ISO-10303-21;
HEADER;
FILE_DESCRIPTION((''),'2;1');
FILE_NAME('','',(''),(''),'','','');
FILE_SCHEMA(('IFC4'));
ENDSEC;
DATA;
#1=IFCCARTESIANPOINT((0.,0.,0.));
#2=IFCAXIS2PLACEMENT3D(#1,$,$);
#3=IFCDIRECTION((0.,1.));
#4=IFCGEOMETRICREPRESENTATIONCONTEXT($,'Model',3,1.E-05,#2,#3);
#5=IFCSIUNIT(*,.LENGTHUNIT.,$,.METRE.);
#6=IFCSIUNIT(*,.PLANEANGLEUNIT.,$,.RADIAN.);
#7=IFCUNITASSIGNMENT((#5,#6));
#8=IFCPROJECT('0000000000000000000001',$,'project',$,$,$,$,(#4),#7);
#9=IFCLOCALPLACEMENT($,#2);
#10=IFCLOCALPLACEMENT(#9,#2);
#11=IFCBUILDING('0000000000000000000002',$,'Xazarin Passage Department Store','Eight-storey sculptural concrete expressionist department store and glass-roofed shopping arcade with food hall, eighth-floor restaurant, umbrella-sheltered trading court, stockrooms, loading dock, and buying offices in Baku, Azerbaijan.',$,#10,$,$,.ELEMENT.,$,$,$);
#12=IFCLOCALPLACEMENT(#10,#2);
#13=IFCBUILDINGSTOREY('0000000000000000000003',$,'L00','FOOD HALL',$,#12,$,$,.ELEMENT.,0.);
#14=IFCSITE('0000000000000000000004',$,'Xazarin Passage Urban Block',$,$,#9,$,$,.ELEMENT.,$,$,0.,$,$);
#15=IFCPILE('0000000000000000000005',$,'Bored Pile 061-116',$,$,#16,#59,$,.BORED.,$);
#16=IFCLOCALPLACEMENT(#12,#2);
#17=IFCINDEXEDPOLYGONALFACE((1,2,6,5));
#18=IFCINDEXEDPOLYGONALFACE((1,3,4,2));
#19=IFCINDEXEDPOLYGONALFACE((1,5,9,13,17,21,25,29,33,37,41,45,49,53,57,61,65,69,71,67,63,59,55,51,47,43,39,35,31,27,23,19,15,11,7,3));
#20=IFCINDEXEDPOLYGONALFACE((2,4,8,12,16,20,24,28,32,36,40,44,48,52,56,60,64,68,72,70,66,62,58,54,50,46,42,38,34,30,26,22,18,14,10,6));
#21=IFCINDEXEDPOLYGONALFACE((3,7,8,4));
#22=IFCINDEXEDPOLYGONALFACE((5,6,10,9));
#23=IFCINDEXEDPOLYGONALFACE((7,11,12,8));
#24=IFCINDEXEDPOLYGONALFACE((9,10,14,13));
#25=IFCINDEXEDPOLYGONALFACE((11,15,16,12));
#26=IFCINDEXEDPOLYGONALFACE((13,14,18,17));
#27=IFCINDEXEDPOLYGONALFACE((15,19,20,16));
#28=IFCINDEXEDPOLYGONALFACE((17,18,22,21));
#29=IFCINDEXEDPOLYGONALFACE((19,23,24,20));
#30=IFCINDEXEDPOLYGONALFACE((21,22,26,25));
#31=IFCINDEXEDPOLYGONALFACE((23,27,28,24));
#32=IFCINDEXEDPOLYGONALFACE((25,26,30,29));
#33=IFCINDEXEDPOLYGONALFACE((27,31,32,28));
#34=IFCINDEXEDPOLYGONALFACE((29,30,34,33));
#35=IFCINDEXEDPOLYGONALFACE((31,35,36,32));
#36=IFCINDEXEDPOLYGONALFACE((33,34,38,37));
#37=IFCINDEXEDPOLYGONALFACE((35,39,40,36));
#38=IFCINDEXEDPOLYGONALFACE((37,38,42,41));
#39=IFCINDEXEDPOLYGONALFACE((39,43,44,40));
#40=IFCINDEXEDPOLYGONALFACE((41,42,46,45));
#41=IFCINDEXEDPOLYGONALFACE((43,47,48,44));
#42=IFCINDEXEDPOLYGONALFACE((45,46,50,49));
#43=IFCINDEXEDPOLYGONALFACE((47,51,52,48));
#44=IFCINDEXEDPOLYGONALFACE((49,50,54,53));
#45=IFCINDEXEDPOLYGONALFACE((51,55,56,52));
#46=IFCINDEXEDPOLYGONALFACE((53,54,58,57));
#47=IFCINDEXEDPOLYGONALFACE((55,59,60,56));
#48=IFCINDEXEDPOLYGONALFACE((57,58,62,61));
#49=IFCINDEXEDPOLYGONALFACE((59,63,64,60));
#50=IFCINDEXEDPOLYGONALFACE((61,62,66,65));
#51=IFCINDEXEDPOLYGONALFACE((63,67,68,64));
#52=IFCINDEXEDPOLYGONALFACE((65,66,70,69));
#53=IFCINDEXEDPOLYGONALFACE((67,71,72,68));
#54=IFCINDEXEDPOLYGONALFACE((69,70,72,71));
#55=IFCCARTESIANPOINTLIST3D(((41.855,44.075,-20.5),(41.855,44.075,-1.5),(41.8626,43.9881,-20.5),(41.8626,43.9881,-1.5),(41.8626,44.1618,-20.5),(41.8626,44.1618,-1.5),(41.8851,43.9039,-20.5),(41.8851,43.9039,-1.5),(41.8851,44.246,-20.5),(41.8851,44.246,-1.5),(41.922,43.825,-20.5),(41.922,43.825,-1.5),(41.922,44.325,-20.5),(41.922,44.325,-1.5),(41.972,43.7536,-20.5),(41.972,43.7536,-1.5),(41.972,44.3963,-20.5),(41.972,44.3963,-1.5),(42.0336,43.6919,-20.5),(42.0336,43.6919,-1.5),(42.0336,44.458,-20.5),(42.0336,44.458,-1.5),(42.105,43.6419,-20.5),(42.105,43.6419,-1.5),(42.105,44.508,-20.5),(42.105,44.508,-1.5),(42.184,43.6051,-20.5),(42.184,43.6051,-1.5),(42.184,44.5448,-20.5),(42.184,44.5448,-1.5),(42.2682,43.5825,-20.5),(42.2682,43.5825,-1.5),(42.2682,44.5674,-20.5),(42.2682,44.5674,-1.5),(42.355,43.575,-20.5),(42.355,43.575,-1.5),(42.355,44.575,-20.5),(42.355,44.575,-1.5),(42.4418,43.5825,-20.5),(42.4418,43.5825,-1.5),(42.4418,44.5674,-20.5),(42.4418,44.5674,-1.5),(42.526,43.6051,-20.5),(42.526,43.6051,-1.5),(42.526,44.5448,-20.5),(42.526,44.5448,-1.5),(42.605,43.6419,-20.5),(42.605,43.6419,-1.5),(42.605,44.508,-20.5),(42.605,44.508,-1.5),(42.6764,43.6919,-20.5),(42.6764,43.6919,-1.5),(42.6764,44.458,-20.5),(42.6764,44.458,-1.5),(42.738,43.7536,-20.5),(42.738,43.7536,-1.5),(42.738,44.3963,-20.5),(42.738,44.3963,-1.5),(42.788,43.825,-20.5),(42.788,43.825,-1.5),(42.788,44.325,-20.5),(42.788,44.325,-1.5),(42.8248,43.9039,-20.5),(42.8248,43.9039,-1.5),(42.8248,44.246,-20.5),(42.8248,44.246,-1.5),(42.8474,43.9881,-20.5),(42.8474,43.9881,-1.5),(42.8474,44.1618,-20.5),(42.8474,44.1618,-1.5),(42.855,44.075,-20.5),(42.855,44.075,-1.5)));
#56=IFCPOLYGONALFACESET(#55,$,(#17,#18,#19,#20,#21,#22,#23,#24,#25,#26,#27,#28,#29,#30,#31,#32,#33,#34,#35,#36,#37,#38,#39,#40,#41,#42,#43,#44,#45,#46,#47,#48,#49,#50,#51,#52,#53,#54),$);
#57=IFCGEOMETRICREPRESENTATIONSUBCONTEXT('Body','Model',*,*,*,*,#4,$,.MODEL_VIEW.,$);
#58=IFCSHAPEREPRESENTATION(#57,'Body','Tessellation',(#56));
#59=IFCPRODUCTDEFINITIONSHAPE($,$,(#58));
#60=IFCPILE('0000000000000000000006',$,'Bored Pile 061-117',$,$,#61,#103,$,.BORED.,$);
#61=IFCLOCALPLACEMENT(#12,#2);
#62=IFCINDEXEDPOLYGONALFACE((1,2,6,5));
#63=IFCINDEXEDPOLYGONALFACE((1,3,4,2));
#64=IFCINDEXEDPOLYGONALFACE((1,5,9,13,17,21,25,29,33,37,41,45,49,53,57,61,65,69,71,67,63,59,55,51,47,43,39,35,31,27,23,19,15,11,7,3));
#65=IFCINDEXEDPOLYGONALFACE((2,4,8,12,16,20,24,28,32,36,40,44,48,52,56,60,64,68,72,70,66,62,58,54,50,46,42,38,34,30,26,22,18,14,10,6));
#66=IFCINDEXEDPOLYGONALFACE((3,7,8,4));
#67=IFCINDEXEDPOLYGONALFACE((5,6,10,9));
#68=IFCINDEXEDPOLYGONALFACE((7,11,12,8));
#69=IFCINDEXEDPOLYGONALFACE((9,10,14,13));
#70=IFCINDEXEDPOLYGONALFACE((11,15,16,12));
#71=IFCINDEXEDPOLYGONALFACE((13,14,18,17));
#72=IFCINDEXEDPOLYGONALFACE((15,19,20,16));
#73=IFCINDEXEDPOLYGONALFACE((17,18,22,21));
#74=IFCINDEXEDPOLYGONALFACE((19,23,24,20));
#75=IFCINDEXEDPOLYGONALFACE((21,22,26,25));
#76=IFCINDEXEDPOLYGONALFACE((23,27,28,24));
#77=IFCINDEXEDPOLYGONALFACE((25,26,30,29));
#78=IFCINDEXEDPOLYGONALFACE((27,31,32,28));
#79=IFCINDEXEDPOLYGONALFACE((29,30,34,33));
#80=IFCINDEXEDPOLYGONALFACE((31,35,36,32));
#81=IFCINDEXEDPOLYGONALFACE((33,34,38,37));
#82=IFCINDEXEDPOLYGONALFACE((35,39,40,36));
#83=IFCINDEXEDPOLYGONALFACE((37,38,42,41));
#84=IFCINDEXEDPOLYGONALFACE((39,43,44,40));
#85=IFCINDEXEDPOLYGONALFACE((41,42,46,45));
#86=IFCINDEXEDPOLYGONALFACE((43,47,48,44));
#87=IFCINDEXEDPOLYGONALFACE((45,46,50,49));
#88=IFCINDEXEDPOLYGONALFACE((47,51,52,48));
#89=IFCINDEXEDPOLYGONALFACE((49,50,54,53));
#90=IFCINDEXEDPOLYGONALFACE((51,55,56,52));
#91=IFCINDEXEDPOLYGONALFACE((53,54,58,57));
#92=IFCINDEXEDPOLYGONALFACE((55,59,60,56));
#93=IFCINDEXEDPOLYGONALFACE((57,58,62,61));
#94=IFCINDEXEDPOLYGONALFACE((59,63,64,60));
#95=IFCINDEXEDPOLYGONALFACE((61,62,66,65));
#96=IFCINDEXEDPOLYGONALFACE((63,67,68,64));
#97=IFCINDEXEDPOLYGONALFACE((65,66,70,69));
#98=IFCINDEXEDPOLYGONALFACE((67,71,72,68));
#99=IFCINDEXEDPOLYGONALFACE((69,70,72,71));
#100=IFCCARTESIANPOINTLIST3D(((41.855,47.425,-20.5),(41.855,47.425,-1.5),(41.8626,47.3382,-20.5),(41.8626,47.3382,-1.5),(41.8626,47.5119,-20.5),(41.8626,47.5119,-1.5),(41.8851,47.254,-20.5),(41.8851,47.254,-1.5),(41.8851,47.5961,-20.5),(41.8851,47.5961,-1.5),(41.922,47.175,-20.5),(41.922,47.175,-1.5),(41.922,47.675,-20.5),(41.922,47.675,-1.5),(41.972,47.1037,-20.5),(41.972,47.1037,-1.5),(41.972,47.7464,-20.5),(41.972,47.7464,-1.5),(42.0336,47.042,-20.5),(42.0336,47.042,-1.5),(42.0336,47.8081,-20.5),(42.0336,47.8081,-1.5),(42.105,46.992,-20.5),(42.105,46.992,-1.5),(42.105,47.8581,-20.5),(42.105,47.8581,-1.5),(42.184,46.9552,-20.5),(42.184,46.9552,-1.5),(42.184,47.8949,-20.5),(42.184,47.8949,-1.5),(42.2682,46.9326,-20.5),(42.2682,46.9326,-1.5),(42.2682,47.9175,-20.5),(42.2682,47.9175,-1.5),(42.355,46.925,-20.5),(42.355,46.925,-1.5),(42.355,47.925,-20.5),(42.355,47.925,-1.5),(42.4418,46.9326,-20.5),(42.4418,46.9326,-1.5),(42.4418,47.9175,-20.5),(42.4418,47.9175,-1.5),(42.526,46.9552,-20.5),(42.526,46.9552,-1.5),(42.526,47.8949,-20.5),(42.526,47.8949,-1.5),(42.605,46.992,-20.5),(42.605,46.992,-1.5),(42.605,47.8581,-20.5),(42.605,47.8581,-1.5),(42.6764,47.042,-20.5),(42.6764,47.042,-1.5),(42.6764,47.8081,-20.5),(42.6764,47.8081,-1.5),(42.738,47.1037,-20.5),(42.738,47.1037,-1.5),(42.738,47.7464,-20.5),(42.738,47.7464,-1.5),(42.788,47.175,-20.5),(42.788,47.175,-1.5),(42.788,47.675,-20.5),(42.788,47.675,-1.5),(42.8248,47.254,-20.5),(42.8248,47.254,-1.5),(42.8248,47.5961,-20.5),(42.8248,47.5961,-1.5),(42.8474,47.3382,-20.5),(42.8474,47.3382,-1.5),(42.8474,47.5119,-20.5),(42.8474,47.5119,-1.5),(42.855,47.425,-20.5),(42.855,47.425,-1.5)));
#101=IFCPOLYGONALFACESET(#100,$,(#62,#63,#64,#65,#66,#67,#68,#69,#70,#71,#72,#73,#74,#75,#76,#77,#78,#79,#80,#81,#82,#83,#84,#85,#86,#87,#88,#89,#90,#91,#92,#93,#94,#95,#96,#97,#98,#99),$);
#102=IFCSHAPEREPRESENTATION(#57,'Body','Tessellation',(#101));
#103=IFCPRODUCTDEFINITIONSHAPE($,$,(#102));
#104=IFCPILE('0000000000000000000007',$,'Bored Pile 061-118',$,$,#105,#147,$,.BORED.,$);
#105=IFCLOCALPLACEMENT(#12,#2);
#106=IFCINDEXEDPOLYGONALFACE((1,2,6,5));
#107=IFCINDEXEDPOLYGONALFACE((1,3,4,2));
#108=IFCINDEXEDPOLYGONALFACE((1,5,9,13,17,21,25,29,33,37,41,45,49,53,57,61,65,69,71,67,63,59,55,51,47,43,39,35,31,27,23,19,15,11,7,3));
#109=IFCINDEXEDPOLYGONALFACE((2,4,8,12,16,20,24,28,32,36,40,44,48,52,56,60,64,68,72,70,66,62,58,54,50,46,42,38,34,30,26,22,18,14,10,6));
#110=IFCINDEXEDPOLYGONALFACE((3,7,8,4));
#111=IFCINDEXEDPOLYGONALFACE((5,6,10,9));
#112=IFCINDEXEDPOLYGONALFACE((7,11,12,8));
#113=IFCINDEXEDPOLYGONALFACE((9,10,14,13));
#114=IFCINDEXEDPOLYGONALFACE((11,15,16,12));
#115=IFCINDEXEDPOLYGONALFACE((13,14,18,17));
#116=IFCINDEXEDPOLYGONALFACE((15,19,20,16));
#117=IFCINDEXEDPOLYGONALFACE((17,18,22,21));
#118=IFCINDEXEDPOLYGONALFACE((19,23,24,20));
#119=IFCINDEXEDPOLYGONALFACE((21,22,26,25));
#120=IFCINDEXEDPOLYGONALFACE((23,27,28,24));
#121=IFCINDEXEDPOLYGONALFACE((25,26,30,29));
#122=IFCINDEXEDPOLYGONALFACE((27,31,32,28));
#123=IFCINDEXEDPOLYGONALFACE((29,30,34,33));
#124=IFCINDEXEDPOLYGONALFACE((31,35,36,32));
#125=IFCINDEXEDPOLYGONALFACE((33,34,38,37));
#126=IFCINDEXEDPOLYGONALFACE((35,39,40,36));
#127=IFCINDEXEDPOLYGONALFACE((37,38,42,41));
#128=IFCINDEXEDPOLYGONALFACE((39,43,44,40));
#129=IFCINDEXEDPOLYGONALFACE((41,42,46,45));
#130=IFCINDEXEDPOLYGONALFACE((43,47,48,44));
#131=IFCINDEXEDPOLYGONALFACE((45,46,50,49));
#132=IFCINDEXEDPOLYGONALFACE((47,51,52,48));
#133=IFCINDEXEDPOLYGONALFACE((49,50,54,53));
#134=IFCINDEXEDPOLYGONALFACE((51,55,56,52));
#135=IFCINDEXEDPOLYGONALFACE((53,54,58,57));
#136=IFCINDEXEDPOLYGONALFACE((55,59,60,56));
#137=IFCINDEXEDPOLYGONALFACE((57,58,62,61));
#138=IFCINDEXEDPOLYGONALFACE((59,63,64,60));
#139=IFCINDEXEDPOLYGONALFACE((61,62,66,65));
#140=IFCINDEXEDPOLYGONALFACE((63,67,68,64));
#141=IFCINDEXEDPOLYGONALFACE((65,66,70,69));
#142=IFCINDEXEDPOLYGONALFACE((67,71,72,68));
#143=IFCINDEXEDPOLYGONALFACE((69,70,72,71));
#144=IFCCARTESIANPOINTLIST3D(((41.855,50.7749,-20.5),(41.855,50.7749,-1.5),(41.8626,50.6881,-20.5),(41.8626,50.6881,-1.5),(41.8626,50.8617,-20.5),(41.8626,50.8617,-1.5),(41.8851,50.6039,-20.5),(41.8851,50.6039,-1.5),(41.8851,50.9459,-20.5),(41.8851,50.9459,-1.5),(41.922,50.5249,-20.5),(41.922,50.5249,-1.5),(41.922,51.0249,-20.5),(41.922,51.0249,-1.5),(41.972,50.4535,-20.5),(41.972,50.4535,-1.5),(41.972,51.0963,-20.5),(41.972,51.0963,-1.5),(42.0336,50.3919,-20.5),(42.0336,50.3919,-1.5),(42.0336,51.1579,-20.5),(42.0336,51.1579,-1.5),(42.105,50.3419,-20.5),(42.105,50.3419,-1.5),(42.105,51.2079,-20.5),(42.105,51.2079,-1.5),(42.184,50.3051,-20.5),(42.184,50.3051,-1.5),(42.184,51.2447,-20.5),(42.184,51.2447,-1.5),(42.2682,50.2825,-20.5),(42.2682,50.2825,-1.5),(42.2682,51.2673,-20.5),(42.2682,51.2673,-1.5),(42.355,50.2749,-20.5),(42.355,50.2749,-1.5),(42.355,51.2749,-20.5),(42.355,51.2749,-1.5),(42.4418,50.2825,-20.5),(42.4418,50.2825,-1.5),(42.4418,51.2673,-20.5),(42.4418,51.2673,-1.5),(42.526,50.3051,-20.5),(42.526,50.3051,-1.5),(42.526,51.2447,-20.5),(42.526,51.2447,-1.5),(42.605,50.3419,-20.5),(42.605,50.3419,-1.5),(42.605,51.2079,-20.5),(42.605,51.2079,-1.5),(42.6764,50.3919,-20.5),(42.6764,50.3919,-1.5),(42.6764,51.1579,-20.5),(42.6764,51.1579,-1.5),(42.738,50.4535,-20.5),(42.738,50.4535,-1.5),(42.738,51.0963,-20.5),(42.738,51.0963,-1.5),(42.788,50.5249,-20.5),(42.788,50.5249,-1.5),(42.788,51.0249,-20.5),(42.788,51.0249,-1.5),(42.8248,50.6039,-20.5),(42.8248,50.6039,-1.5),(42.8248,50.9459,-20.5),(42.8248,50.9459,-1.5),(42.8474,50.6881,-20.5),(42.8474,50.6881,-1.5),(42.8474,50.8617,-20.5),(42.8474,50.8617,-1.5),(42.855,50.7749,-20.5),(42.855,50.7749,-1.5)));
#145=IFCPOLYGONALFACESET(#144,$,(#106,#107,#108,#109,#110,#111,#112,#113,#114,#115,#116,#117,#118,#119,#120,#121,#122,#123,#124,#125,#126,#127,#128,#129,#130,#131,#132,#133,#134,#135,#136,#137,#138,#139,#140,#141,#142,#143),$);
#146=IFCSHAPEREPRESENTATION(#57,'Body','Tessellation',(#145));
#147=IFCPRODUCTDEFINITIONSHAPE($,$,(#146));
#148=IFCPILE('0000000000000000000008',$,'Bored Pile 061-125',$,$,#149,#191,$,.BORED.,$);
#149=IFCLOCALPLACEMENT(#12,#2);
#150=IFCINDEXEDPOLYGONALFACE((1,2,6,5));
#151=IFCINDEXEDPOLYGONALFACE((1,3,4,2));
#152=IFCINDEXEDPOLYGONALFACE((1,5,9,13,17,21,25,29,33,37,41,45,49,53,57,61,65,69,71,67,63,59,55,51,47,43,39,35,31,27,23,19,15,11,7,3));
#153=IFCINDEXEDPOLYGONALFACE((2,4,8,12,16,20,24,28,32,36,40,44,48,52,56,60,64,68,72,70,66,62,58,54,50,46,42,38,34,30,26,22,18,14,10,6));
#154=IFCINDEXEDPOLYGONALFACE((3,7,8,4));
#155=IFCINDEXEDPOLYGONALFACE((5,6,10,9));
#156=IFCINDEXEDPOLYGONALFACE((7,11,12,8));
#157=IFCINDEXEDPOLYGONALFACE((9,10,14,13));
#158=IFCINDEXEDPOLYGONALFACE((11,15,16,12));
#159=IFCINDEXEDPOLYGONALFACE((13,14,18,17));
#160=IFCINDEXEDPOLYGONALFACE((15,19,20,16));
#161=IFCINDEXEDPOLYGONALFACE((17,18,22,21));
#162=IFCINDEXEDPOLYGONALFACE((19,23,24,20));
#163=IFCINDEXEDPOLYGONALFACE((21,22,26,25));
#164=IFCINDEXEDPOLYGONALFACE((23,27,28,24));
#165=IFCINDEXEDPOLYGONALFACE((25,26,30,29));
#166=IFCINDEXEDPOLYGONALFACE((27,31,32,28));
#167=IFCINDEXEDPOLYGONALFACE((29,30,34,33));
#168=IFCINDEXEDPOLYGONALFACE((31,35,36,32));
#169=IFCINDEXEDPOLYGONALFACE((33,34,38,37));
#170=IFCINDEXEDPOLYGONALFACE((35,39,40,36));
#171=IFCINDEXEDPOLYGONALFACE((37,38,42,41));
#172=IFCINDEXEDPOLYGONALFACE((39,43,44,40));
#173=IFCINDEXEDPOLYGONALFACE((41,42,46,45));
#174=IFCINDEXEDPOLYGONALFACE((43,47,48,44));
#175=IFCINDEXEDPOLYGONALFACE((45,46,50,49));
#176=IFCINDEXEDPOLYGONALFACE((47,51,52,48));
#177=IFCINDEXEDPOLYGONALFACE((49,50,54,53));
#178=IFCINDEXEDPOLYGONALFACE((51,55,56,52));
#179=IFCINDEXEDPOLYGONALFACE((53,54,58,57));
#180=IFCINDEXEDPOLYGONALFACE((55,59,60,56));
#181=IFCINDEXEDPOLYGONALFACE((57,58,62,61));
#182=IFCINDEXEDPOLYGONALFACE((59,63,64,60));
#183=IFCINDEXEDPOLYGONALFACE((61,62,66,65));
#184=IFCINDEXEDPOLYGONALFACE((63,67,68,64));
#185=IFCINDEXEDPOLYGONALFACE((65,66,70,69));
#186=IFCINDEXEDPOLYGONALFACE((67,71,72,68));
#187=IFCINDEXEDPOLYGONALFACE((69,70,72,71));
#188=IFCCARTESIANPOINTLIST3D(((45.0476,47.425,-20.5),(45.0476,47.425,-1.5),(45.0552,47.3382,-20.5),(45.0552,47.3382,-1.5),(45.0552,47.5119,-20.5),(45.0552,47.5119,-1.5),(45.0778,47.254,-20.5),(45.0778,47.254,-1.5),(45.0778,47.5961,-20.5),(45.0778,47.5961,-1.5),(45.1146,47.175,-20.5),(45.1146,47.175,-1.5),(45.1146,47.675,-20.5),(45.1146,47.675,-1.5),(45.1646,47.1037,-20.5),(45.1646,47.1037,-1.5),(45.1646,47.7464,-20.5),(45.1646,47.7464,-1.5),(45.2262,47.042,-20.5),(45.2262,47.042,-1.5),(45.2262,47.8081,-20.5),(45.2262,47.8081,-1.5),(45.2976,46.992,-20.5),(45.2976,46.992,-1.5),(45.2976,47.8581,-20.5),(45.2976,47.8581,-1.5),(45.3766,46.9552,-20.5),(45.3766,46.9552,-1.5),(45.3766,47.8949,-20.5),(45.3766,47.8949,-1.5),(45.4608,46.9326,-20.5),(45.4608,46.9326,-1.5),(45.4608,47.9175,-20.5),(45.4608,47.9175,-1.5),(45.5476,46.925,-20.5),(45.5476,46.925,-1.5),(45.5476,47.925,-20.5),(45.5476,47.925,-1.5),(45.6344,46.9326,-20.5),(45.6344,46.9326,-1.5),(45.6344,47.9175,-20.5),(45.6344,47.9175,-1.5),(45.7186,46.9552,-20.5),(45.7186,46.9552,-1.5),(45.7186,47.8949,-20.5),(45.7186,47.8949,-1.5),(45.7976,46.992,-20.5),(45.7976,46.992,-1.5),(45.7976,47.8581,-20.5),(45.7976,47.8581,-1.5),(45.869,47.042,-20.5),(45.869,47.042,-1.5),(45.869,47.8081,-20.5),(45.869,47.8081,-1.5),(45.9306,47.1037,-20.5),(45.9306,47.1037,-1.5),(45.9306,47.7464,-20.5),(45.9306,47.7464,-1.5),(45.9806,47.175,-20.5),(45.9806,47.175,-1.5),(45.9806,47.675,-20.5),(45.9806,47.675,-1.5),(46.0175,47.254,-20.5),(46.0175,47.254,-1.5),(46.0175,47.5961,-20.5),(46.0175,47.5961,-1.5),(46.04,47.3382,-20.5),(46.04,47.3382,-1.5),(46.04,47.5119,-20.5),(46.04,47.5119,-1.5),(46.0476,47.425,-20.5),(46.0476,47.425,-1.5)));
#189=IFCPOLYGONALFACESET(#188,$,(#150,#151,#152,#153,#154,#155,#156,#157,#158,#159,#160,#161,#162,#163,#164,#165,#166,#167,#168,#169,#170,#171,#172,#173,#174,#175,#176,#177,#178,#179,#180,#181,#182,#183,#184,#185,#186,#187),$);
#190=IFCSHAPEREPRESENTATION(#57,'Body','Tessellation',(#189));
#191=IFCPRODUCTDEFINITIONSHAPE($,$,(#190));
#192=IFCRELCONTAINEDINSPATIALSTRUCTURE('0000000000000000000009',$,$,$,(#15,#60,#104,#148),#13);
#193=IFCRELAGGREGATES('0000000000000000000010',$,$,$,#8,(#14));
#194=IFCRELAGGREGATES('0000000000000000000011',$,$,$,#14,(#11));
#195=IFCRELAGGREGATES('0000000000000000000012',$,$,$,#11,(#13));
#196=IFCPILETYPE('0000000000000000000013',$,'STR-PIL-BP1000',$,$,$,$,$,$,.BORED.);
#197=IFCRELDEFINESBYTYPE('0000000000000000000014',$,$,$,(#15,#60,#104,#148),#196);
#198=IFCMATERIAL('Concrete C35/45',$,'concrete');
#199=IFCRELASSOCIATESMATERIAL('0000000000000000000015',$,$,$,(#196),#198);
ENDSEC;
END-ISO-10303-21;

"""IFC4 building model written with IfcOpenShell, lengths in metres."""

from ifc_helpers import new_model, si_unit, direction, frame, origin, origin_2d, place, context, subcontext, project, spatial, circle, extrude, material, material_profile, profile_set, type_object, element, save


model = new_model("IFC4")

# Units and contexts
model_context = context("Model", 3, precision=1e-05, world=origin(), true_north=direction((0.0, 1.0)))
body_context = subcontext(model_context, "Body", "Model", "MODEL_VIEW")
ifc_project = project(units=[si_unit("LENGTHUNIT", "METRE"), si_unit("PLANEANGLEUNIT", "RADIAN")], contexts=[model_context])

# Site, building, storey
site_placement = place(None, origin())
site = spatial("IfcSite", under=ifc_project, at=site_placement, Name="Xazarin Passage Urban Block", CompositionType="ELEMENT", RefElevation=0.0)
building_placement = place(site_placement, origin())
building = spatial("IfcBuilding", under=site, at=building_placement, Name="Xazarin Passage Department Store", Description="Eight-storey sculptural concrete expressionist department store and glass-roofed shopping arcade with food hall, eighth-floor restaurant, umbrella-sheltered trading court, stockrooms, loading dock, and buying offices in Baku, Azerbaijan.", CompositionType="ELEMENT")
storey_placement = place(building_placement, origin())
storey = spatial("IfcBuildingStorey", under=building, at=storey_placement, Name="L00", Description="FOOD HALL", CompositionType="ELEMENT", Elevation=0.0)

# Piles
ifc_material_1 = material(Name="Concrete C35/45", Category="concrete")
ifc_material_profile_1 = material_profile(ifc_material_1, circle(Radius=0.5, at=origin_2d()), Name="BP 1000")
ifc_profile_set_1 = profile_set([ifc_material_profile_1], Name="Concrete C35/45")
pile_type_1 = type_object("IfcPileType", Name="STR-PIL-BP1000", PredefinedType="BORED", material=ifc_profile_set_1)
for number, where, z_axis, x_axis, name in (
    (1, (42.355, 44.075, -1.5), (0.0, 0.0, -1.0), (1.0, 0.0, 0.0), "Bored Pile 061-116"),
    (2, (42.355, 47.425, -1.5), (0.0, 0.0, -1.0), (1.0, 0.0, 0.0), "Bored Pile 061-117"),
    (3, (42.355, 50.7749, -1.5), (0.0, 0.0, -1.0), (1.0, 0.0, 0.0), "Bored Pile 061-118"),
    (4, (45.5476, 47.425, -1.5), (0.0, 0.0, -1.0), (1.0, 0.0, 0.0), "Bored Pile 061-125"),
):
    element("IfcPile", number, at=place(storey_placement, frame(where, z_axis=z_axis, x_axis=x_axis)), inside=storey, type_object=pile_type_1, Name=name, PredefinedType="BORED", context=body_context, shape_type="SweptSolid", body=[
        extrude(circle(Radius=0.5, at=origin_2d()), origin(), (0.0, 0.0, 1.0), 19.0),
    ])

save(model, "model.ifc")
